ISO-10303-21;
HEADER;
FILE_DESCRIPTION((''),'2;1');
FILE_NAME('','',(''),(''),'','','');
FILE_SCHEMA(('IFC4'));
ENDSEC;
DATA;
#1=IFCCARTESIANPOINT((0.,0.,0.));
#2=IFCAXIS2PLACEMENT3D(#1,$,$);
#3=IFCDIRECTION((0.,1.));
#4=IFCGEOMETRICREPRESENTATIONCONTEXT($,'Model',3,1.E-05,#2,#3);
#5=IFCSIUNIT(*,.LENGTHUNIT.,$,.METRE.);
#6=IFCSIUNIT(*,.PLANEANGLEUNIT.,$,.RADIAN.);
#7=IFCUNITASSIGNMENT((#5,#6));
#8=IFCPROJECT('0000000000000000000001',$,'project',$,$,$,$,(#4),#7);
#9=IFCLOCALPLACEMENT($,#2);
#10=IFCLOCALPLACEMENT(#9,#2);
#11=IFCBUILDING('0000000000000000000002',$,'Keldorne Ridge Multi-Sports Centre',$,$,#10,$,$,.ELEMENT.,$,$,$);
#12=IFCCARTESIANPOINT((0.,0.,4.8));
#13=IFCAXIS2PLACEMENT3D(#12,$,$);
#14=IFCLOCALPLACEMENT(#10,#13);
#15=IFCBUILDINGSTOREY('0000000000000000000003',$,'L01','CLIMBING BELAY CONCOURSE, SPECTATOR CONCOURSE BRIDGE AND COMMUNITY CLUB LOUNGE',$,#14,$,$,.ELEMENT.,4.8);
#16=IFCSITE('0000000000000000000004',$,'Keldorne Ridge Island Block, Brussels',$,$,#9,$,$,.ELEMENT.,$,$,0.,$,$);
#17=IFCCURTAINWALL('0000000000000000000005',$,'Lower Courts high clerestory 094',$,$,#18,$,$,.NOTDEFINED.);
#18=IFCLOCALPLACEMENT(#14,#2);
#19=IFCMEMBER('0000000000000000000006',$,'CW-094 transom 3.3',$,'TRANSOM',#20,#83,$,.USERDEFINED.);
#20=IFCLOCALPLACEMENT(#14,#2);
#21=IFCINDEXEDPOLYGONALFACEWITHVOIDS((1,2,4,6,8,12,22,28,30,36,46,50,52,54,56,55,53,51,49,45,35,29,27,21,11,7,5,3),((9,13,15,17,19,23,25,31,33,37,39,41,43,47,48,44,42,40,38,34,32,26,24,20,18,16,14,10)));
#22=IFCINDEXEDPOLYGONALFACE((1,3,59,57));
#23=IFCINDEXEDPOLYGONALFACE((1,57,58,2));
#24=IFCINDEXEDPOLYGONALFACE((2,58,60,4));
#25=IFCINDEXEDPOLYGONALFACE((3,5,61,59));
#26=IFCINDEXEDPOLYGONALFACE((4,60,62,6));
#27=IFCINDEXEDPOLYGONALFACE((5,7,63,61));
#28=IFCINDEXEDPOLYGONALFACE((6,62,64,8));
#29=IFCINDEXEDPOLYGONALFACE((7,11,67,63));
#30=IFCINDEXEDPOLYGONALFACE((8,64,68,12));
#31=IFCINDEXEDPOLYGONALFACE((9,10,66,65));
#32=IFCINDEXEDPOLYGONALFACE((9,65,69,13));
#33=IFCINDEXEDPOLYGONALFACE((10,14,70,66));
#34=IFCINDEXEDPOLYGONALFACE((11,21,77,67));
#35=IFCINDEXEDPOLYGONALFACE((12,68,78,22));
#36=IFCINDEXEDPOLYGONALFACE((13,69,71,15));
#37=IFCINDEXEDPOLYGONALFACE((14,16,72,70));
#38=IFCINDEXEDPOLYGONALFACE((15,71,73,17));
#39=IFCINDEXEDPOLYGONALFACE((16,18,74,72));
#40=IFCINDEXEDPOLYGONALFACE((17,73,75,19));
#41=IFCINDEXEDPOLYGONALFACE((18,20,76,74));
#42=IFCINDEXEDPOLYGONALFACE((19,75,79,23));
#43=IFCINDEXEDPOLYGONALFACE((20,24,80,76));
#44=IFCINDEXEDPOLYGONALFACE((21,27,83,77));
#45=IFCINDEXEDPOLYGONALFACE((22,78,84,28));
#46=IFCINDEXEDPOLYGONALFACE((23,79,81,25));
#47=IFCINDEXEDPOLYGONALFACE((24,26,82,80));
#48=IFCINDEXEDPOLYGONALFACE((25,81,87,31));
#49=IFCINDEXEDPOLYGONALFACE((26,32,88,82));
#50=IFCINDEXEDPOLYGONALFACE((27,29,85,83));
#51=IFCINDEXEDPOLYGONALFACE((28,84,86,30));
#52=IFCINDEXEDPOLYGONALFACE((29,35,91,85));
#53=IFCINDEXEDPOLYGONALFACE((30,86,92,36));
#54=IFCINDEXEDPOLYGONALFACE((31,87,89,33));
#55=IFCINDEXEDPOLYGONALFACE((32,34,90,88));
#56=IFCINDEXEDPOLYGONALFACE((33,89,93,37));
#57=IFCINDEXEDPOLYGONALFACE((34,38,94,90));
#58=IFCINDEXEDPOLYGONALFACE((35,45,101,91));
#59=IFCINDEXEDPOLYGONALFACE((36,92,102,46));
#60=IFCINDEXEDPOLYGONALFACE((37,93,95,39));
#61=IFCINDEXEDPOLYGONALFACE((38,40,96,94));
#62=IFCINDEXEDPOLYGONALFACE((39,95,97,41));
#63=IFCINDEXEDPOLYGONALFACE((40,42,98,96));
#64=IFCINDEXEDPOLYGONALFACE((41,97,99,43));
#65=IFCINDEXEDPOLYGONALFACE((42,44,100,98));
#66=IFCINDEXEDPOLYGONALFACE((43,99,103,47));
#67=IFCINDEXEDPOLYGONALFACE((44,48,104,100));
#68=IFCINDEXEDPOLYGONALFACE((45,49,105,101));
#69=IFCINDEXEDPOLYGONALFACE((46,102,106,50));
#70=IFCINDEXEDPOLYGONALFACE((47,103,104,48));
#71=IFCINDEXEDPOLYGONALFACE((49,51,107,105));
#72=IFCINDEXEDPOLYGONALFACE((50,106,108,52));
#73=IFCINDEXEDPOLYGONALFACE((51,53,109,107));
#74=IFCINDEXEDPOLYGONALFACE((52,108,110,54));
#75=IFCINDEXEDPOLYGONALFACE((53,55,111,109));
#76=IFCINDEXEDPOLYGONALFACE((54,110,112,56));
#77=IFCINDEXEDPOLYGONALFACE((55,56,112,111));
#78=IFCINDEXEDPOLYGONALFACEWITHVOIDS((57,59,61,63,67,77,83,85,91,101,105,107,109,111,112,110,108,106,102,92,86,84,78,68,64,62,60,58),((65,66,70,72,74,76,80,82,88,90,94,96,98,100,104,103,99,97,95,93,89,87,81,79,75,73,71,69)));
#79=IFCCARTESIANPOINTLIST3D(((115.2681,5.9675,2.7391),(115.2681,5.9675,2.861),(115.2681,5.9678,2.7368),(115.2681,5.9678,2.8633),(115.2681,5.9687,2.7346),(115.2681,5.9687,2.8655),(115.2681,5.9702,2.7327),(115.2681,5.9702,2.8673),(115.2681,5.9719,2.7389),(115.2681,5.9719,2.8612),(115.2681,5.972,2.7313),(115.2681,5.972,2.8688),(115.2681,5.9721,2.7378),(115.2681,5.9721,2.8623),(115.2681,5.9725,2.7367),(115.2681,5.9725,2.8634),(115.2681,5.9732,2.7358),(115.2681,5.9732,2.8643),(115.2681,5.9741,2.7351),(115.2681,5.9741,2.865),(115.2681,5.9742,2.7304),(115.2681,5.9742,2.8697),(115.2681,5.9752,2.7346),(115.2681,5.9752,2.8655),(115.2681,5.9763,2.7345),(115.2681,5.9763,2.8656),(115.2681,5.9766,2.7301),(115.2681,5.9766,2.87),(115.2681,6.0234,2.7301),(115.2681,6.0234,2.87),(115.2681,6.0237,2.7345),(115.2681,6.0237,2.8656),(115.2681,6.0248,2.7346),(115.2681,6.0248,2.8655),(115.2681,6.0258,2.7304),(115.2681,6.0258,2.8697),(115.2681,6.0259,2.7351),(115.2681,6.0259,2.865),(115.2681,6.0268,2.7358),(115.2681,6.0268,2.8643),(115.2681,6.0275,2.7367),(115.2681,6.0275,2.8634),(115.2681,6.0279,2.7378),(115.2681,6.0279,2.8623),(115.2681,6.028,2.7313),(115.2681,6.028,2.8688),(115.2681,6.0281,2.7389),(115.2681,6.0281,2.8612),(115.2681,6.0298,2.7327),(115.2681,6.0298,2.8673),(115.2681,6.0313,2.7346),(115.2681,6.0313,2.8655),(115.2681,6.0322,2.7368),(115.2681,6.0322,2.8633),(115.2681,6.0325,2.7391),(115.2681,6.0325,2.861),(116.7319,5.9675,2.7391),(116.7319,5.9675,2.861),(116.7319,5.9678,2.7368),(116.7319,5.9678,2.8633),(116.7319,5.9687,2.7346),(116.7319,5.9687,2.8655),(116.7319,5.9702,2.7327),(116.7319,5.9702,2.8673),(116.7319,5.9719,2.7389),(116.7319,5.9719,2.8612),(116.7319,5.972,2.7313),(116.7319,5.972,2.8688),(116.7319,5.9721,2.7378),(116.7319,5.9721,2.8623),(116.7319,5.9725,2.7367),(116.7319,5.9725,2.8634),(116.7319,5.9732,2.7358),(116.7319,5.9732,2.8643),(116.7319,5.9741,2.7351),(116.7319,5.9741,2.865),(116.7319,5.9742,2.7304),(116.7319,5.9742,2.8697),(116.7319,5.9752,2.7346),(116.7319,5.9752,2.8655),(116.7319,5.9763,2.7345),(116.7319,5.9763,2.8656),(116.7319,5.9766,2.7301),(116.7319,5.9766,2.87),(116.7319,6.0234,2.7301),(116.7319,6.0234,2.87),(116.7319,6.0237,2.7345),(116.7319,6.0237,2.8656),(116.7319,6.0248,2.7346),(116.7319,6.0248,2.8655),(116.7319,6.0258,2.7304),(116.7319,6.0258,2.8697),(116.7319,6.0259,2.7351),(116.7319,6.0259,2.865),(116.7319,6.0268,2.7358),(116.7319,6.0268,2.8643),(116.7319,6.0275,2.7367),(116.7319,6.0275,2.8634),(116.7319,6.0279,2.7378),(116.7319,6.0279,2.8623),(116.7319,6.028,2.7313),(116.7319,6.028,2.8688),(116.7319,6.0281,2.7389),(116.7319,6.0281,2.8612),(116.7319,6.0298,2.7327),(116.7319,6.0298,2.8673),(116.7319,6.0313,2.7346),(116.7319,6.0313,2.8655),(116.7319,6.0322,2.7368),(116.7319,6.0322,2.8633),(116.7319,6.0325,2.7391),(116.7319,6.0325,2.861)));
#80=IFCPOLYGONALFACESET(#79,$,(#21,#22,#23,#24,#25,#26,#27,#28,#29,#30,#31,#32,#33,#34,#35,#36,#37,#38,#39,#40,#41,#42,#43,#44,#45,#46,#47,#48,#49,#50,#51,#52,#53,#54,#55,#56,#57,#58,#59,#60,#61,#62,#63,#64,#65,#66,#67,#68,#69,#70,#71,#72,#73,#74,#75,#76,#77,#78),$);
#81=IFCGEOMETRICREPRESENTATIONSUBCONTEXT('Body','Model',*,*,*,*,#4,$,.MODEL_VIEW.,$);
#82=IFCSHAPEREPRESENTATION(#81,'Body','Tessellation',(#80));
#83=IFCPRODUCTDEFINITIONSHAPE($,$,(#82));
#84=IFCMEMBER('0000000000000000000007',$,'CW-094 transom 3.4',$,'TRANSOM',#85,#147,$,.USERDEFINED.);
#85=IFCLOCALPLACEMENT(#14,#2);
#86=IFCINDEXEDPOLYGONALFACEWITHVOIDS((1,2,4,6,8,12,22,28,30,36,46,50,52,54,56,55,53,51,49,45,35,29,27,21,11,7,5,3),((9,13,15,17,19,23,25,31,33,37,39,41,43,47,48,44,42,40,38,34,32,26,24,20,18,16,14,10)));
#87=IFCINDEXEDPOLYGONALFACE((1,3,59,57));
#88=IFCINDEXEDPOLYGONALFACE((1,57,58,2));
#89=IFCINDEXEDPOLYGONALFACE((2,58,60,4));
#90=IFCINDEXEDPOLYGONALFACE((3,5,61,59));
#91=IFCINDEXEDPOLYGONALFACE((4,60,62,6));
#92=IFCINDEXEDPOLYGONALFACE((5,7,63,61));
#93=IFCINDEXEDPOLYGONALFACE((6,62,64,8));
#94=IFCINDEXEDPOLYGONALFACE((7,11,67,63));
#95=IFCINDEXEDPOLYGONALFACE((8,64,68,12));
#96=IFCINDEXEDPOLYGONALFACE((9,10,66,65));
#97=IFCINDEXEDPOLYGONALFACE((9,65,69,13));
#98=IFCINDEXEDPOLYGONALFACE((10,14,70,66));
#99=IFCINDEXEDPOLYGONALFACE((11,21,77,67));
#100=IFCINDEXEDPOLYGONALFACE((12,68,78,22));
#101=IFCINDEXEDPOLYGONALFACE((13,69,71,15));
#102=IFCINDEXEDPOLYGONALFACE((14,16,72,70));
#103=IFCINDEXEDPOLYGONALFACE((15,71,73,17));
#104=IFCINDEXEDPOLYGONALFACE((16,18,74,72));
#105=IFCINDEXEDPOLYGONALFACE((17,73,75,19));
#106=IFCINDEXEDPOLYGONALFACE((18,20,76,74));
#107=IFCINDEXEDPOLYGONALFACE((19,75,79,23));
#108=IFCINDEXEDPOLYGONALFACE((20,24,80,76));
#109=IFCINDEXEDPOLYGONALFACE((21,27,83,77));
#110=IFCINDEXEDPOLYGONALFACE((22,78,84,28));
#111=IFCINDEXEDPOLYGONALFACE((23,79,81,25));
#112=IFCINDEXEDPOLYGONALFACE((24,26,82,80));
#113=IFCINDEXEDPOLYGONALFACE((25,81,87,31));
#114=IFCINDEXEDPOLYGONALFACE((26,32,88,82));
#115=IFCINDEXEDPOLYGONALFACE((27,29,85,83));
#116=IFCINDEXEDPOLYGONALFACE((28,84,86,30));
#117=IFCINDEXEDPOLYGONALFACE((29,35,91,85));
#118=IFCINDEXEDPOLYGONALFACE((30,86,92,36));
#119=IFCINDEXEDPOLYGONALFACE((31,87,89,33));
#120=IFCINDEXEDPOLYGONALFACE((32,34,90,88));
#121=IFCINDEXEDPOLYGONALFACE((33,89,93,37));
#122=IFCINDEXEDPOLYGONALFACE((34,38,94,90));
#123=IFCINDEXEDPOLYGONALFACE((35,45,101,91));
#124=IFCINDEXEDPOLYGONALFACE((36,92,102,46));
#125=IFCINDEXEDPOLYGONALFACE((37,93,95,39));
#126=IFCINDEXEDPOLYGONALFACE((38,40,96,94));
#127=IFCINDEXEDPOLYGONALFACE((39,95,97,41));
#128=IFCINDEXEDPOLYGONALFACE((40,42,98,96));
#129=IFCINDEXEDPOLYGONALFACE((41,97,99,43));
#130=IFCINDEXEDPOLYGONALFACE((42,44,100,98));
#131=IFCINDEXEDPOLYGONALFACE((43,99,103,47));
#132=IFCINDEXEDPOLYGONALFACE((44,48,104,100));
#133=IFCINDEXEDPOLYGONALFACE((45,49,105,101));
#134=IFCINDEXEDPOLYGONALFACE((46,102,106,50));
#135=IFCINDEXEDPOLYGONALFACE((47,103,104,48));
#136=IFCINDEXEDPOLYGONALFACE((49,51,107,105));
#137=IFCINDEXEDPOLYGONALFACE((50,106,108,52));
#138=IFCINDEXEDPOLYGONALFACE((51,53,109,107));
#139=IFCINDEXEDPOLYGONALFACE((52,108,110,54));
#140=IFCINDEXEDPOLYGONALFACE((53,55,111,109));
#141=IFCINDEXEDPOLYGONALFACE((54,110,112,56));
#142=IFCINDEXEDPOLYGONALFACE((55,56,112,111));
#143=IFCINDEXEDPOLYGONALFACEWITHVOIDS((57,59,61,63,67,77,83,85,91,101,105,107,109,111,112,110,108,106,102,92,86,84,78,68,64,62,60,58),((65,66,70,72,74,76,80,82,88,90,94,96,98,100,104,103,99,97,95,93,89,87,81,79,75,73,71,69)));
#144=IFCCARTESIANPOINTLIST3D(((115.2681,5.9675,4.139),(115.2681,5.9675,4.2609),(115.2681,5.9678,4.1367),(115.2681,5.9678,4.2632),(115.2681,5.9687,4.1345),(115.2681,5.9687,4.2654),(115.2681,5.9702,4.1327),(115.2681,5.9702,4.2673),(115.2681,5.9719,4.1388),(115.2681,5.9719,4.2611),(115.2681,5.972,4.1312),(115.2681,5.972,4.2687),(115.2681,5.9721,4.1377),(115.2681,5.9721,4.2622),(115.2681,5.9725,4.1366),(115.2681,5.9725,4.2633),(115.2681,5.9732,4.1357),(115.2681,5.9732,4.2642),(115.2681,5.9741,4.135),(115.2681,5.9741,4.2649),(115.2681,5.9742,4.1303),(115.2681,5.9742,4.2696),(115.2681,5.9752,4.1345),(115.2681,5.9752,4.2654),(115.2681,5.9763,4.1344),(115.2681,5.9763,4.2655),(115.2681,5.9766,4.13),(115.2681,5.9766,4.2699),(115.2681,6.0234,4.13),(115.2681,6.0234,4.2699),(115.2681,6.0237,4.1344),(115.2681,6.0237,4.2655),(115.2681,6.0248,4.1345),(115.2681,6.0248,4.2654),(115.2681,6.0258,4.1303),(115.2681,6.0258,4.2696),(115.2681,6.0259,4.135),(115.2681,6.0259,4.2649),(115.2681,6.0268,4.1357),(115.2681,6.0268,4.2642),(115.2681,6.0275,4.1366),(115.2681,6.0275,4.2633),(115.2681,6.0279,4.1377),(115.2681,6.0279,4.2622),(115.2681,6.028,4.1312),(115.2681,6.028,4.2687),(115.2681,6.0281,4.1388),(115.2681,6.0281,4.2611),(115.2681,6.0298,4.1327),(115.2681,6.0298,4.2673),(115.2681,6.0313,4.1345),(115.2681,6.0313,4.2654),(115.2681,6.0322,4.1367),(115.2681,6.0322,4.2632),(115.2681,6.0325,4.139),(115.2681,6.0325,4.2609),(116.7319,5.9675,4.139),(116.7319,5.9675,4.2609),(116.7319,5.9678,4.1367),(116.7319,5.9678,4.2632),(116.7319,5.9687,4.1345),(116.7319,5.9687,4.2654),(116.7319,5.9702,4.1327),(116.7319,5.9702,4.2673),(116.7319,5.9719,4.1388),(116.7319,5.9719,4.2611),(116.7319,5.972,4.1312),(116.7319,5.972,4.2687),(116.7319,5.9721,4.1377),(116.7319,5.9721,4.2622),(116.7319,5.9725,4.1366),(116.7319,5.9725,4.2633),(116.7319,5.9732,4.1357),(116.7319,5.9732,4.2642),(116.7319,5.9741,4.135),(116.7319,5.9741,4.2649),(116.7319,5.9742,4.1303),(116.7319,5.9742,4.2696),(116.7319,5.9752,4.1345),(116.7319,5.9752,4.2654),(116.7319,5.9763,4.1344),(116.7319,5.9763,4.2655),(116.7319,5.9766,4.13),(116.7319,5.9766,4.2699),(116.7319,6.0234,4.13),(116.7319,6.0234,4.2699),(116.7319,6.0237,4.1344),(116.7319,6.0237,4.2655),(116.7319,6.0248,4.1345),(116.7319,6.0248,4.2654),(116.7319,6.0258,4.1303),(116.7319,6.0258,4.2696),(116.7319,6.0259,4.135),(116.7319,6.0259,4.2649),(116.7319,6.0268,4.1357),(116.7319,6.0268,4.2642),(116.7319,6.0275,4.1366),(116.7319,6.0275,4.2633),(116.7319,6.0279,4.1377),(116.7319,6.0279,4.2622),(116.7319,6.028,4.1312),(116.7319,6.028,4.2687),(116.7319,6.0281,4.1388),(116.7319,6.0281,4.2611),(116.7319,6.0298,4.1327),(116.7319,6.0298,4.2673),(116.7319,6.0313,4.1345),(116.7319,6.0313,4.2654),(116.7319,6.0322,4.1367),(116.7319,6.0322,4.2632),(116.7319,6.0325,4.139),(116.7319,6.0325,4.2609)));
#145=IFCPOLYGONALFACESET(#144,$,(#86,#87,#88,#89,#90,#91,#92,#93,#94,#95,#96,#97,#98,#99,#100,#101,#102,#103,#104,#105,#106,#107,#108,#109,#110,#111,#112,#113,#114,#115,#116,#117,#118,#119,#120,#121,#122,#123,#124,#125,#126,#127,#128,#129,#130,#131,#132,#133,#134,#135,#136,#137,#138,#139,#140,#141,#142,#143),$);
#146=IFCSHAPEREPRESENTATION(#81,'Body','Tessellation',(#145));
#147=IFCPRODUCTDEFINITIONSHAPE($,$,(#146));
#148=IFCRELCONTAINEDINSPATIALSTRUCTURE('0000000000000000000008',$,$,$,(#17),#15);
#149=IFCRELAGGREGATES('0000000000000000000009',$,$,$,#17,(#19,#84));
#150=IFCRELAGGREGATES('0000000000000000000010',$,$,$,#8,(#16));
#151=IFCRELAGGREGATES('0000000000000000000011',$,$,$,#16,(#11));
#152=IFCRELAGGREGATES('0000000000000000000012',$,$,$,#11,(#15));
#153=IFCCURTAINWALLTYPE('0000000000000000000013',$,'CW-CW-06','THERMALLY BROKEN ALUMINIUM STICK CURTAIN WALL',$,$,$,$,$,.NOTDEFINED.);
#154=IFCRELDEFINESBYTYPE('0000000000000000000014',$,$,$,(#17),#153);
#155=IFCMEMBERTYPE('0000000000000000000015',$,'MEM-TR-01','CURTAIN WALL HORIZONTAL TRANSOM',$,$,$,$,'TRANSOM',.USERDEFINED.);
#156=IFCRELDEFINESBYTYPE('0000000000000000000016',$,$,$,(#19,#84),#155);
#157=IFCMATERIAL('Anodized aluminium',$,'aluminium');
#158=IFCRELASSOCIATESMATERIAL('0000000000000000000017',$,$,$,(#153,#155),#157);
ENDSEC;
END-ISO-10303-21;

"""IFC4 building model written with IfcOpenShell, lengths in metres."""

from ifc_helpers import new_model, si_unit, direction, frame, origin, origin_2d, place, context, subcontext, project, spatial, hollow_rectangle, extrude, material, material_profile, profile_set, type_object, element, aggregate, save


model = new_model("IFC4")

# Units and contexts
model_context = context("Model", 3, precision=1e-05, world=origin(), true_north=direction((0.0, 1.0)))
body_context = subcontext(model_context, "Body", "Model", "MODEL_VIEW")
ifc_project = project(units=[si_unit("LENGTHUNIT", "METRE"), si_unit("PLANEANGLEUNIT", "RADIAN")], contexts=[model_context])

# Site, building, storey
site_placement = place(None, origin())
site = spatial("IfcSite", under=ifc_project, at=site_placement, Name="Keldorne Ridge Island Block, Brussels", CompositionType="ELEMENT", RefElevation=0.0)
building_placement = place(site_placement, origin())
building = spatial("IfcBuilding", under=site, at=building_placement, Name="Keldorne Ridge Multi-Sports Centre", CompositionType="ELEMENT")
storey_placement = place(building_placement, frame((0.0, 0.0, 4.8)))
storey = spatial("IfcBuildingStorey", under=building, at=storey_placement, Name="L01", Description="CLIMBING BELAY CONCOURSE, SPECTATOR CONCOURSE BRIDGE AND COMMUNITY CLUB LOUNGE", CompositionType="ELEMENT", Elevation=4.8)

# Curtain wall, members
ifc_material_1 = material(Name="Anodized aluminium", Category="aluminium")
curtain_wall_type = type_object("IfcCurtainWallType", Name="CW-CW-06", Description="THERMALLY BROKEN ALUMINIUM STICK CURTAIN WALL", PredefinedType="NOTDEFINED", material=ifc_material_1)
curtain_wall_placement = place(storey_placement, origin())
curtain_wall = element("IfcCurtainWall", 1, at=curtain_wall_placement, inside=storey, type_object=curtain_wall_type, Name="Lower Courts high clerestory 094", PredefinedType="NOTDEFINED")
ifc_material_profile_1 = material_profile(ifc_material_1, hollow_rectangle(XDim=0.0649, YDim=0.1399, WallThickness=0.0044, InnerFilletRadius=0.0044, OuterFilletRadius=0.009, at=origin_2d()), Name="ALU TRANSOM 140x65x4.5")
ifc_profile_set_1 = profile_set([ifc_material_profile_1], Name="Anodized aluminium")
member_type_1 = type_object("IfcMemberType", Name="MEM-TR-01", Description="CURTAIN WALL HORIZONTAL TRANSOM", ElementType="TRANSOM", PredefinedType="USERDEFINED", material=ifc_profile_set_1)
member_1_placement = place(storey_placement, frame((115.2681, 6.0, 2.8), z_axis=(1.0, 0.0, 0.0), x_axis=(0.0, 1.0, 0.0)))
member_1 = element("IfcMember", 2, at=member_1_placement, type_object=member_type_1, Name="CW-094 transom 3.3", ObjectType="TRANSOM", PredefinedType="USERDEFINED", context=body_context, shape_type="SweptSolid", body=[
    extrude(hollow_rectangle(XDim=0.0649, YDim=0.1399, WallThickness=0.0044, InnerFilletRadius=0.0044, OuterFilletRadius=0.009, at=origin_2d()), origin(), (0.0, 0.0, 1.0), 1.4639),
])
member_2_placement = place(storey_placement, frame((115.2681, 6.0, 4.2), z_axis=(1.0, 0.0, 0.0), x_axis=(0.0, 1.0, 0.0)))
member_2 = element("IfcMember", 3, at=member_2_placement, type_object=member_type_1, Name="CW-094 transom 3.4", ObjectType="TRANSOM", PredefinedType="USERDEFINED", context=body_context, shape_type="SweptSolid", body=[
    extrude(hollow_rectangle(XDim=0.0649, YDim=0.1399, WallThickness=0.0044, InnerFilletRadius=0.0044, OuterFilletRadius=0.009, at=origin_2d()), origin(), (0.0, 0.0, 1.0), 1.4639),
])

aggregate(curtain_wall, [member_1, member_2])

save(model, "model.ifc")
